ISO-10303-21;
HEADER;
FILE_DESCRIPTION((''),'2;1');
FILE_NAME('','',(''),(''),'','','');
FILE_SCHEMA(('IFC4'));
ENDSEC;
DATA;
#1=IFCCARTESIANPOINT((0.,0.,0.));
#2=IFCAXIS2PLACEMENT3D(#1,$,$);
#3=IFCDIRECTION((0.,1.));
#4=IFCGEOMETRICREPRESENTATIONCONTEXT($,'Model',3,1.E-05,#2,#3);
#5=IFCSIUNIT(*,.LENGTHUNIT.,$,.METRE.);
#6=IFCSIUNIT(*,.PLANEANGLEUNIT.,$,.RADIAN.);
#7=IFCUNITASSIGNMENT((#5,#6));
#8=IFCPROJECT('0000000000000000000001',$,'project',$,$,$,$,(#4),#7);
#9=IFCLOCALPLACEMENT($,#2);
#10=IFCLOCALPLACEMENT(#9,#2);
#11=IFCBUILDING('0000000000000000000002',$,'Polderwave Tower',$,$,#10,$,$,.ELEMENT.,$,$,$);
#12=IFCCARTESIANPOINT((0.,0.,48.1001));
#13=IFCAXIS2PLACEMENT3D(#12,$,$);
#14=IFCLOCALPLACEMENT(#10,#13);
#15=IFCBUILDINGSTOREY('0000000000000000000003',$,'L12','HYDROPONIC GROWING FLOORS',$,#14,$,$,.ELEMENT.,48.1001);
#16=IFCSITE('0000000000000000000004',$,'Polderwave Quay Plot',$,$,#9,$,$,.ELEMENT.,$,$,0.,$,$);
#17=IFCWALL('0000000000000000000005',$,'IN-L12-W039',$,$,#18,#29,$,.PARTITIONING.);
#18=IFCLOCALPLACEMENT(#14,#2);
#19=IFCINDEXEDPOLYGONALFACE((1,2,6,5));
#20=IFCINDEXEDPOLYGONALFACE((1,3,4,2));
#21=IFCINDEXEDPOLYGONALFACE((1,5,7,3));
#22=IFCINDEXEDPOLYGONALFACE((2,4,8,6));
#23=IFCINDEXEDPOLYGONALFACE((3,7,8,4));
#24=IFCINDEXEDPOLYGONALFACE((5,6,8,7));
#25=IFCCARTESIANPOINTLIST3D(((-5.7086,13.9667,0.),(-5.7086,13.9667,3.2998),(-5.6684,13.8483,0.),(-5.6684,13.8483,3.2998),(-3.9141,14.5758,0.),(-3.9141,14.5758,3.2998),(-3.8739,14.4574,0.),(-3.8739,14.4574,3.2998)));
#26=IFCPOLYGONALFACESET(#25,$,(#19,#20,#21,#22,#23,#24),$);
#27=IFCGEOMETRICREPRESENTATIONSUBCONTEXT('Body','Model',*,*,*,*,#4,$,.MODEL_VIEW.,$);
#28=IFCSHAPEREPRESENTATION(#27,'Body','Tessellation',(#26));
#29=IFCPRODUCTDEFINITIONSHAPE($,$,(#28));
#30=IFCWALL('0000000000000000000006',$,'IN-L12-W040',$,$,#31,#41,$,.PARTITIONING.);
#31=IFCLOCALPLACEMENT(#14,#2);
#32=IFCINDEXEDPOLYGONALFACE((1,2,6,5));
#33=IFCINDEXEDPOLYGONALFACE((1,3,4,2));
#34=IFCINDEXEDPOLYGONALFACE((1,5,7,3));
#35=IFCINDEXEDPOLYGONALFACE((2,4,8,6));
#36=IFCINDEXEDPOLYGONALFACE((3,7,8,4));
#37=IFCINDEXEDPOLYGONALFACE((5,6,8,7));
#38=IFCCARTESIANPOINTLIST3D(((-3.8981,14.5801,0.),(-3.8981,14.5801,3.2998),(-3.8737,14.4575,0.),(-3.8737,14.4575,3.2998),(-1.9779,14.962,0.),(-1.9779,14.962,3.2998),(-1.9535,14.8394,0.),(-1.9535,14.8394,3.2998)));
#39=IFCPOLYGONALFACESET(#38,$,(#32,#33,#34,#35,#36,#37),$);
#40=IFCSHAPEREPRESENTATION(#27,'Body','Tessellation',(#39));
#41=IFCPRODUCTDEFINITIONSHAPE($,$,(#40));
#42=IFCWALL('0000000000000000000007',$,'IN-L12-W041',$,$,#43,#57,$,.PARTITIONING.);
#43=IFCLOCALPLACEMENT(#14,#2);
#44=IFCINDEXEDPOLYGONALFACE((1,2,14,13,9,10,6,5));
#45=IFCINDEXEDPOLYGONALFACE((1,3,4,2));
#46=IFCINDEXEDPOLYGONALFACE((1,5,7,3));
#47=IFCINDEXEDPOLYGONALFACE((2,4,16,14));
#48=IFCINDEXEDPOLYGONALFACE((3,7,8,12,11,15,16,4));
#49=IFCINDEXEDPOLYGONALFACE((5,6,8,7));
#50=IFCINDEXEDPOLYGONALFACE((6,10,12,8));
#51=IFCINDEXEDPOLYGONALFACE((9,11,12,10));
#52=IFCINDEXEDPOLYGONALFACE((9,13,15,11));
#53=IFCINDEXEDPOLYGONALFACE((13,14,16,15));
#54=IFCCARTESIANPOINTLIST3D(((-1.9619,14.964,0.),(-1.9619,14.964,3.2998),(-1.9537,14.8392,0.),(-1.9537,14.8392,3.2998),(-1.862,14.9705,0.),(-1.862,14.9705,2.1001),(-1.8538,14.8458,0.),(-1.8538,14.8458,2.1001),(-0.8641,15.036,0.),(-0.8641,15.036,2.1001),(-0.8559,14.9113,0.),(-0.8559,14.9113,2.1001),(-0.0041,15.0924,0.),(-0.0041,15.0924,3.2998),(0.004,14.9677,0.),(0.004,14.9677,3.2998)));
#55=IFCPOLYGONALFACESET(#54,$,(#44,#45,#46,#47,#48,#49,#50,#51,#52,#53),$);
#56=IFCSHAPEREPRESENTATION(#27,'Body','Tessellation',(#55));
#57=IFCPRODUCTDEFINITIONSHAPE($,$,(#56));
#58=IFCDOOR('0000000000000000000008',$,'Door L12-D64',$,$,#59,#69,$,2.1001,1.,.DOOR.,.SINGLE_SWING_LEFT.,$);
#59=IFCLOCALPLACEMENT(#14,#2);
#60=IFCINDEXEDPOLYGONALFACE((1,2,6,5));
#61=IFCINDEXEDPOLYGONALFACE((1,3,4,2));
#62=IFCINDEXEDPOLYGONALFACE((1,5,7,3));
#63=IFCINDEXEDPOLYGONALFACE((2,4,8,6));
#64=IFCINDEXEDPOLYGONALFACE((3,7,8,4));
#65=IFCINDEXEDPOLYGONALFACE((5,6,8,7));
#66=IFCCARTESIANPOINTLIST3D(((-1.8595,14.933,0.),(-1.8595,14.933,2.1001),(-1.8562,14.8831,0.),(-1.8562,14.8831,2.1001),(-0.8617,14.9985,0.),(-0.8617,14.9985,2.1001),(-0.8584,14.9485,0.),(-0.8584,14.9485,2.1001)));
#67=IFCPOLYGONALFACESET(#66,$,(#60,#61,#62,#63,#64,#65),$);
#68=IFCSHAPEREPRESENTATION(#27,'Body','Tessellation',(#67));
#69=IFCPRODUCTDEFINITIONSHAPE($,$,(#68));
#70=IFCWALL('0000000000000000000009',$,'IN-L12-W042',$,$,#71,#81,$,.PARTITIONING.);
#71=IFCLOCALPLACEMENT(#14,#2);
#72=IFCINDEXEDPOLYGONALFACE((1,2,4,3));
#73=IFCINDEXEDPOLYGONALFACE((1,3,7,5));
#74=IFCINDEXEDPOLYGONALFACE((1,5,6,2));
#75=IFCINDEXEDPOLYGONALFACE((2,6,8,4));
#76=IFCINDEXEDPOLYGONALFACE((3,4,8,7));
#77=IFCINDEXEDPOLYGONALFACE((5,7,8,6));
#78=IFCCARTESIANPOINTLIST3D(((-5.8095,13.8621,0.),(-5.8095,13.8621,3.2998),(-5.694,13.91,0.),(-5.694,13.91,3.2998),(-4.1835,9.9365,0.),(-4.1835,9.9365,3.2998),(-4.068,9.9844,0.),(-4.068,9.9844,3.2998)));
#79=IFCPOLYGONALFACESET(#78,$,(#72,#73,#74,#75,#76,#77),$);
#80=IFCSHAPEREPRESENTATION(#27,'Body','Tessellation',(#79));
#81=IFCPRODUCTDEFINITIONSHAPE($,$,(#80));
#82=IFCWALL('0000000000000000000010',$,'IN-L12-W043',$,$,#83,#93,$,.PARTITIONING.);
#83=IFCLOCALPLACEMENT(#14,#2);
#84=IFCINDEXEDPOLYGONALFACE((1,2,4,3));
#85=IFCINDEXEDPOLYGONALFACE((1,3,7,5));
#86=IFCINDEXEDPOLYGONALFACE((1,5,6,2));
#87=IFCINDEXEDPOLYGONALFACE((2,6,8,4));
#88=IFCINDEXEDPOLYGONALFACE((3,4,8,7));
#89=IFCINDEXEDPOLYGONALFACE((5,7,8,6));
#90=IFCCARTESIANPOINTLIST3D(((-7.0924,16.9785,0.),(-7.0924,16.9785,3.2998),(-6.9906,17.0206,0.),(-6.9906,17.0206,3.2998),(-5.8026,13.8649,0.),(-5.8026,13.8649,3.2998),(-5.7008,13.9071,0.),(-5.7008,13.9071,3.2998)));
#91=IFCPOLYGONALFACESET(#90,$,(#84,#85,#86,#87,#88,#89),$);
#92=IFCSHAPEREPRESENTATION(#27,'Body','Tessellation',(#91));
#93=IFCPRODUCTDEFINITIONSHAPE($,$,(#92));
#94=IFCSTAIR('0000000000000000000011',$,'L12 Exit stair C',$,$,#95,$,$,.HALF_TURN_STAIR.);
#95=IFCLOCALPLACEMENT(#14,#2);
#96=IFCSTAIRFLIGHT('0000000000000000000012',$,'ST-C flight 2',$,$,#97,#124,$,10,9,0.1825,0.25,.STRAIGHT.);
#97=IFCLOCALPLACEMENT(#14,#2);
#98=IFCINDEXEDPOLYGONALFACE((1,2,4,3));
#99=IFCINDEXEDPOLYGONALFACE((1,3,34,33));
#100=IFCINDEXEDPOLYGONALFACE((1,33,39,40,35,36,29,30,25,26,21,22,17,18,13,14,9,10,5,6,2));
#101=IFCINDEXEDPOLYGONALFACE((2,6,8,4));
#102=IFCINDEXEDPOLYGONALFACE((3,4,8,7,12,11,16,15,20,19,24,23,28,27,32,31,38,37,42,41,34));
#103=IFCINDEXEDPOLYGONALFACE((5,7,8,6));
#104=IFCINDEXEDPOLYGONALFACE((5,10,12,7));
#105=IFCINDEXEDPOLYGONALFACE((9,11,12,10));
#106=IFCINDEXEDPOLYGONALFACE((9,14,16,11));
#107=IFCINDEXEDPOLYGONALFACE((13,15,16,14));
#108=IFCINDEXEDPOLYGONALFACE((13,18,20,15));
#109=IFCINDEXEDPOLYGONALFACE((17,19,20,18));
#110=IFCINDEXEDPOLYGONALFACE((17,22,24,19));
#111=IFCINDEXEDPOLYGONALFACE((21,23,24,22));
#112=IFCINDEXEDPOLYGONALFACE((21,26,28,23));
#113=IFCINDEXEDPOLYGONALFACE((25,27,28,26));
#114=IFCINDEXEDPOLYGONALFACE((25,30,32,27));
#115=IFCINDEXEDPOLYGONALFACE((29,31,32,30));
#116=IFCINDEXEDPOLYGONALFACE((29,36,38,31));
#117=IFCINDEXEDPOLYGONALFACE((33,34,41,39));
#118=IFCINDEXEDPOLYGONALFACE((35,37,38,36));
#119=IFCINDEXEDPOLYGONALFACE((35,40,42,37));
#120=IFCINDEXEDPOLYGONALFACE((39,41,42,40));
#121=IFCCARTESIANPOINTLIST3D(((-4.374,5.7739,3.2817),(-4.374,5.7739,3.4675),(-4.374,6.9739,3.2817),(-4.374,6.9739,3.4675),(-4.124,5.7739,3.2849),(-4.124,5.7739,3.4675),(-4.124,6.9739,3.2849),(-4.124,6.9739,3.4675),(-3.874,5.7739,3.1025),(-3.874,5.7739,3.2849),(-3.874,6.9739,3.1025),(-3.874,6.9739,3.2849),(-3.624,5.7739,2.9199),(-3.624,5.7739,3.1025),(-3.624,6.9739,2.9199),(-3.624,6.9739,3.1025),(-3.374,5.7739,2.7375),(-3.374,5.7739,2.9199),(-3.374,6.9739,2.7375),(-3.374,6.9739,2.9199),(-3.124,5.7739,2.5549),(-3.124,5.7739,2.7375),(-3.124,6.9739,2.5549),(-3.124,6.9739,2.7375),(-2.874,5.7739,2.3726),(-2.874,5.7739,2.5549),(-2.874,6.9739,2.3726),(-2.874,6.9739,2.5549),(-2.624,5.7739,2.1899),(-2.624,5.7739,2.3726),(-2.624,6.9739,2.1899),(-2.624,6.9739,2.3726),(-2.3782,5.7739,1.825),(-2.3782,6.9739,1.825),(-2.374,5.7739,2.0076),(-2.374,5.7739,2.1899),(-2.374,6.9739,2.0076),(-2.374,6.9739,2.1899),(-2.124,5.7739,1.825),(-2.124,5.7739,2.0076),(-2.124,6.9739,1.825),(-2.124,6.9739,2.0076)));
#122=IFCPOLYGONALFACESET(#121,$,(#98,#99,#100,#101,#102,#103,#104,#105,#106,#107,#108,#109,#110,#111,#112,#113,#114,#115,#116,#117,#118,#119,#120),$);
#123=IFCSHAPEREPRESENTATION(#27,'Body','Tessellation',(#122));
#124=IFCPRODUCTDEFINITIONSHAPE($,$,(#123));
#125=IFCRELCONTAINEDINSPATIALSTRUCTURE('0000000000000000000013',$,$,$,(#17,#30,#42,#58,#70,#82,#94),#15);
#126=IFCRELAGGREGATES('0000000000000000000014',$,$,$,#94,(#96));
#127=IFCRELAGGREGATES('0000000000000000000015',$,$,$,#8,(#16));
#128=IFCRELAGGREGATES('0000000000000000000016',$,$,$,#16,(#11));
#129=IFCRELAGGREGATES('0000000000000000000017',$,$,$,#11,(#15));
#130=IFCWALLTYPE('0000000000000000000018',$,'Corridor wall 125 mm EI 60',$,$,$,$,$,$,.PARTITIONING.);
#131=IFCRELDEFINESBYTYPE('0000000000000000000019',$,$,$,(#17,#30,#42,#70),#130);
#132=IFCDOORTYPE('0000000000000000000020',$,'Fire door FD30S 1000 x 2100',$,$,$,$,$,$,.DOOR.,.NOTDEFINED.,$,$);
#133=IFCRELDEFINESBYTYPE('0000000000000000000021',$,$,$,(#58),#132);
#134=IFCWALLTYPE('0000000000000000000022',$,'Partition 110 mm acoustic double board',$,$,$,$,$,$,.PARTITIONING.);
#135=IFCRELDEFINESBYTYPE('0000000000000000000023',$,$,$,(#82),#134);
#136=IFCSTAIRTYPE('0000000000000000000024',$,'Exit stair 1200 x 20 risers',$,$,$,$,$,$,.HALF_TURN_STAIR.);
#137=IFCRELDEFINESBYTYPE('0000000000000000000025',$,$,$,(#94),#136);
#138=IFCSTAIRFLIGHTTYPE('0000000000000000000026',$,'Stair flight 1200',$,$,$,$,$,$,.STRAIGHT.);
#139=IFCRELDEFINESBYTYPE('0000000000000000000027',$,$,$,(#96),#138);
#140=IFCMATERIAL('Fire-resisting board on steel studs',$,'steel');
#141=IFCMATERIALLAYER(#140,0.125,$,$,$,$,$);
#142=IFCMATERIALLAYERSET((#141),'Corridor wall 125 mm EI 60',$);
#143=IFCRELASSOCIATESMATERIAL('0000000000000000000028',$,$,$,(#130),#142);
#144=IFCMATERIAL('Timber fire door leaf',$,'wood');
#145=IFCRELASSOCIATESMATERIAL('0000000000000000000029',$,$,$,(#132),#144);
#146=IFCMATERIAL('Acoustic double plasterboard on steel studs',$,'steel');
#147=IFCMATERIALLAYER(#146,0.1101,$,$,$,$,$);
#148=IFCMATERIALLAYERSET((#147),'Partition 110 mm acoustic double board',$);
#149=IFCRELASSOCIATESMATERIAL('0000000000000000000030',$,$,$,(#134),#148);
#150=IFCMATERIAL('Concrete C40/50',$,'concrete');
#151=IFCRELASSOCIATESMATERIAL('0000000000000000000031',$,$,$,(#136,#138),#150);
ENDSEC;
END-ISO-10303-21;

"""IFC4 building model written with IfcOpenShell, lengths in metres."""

from ifc_helpers import new_model, si_unit, direction, frame, frame_2d, origin, place, context, subcontext, project, spatial, polyline, rectangle, outline, extrude, material, layer, layer_set, type_object, element, fill, aggregate, save


model = new_model("IFC4")

# Units and contexts
model_context = context("Model", 3, precision=1e-05, world=origin(), true_north=direction((0.0, 1.0)))
body_context = subcontext(model_context, "Body", "Model", "MODEL_VIEW")
ifc_project = project(units=[si_unit("LENGTHUNIT", "METRE"), si_unit("PLANEANGLEUNIT", "RADIAN")], contexts=[model_context])

# Site, building, storey
site_placement = place(None, origin())
site = spatial("IfcSite", under=ifc_project, at=site_placement, Name="Polderwave Quay Plot", CompositionType="ELEMENT", RefElevation=0.0)
building_placement = place(site_placement, origin())
building = spatial("IfcBuilding", under=site, at=building_placement, Name="Polderwave Tower", CompositionType="ELEMENT")
storey_placement = place(building_placement, frame((0.0, 0.0, 48.1001)))
storey = spatial("IfcBuildingStorey", under=building, at=storey_placement, Name="L12", Description="HYDROPONIC GROWING FLOORS", CompositionType="ELEMENT", Elevation=48.1001)

# Shared definitions
ifc_material_1 = material(Name="Fire-resisting board on steel studs", Category="steel")
ifc_layer_1 = layer(ifc_material_1, 0.125)
ifc_layer_set_1 = layer_set([ifc_layer_1], Name="Corridor wall 125 mm EI 60")
wall_type_1 = type_object("IfcWallType", Name="Corridor wall 125 mm EI 60", PredefinedType="PARTITIONING", material=ifc_layer_set_1)
ifc_material_2 = material(Name="Timber fire door leaf", Category="wood")
door_type = type_object("IfcDoorType", Name="Fire door FD30S 1000 x 2100", OperationType="NOTDEFINED", PredefinedType="DOOR", material=ifc_material_2)

# Walls
wall_1_placement = place(storey_placement, frame((-5.6885, 13.9075, 0.0), z_axis=(0.0, 0.0, 1.0), x_axis=(0.94693, 0.321441, 0.0)))
element("IfcWall", 1, at=wall_1_placement, inside=storey, type_object=wall_type_1, Name="IN-L12-W039", PredefinedType="PARTITIONING", context=body_context, shape_type="SweptSolid", body=[
    extrude(rectangle(XDim=1.895, YDim=0.125, at=frame_2d((0.9475, 0.0))), origin(), (0.0, 0.0, 1.0), 3.2998),
])
wall_2_placement = place(storey_placement, frame((-3.886, 14.5188, 0.0), z_axis=(0.0, 0.0, 1.0), x_axis=(0.980796, 0.195037, 0.0)))
element("IfcWall", 2, at=wall_2_placement, inside=storey, type_object=wall_type_1, Name="IN-L12-W040", PredefinedType="PARTITIONING", context=body_context, shape_type="SweptSolid", body=[
    extrude(rectangle(XDim=1.9578, YDim=0.125, at=frame_2d((0.979, 0.0))), origin(), (0.0, 0.0, 1.0), 3.2998),
])

# Wall, opening, door
wall_3_placement = place(storey_placement, frame((-1.9578, 14.9016, 0.0), z_axis=(0.0, 0.0, 1.0), x_axis=(0.997856, 0.065454, 0.0)))
wall_3 = element("IfcWall", 3, at=wall_3_placement, inside=storey, type_object=wall_type_1, Name="IN-L12-W041", PredefinedType="PARTITIONING", context=body_context, shape_type="SweptSolid", body=[
    extrude(rectangle(XDim=1.9619, YDim=0.125, at=frame_2d((0.981, 0.0))), origin(), (0.0, 0.0, 1.0), 3.2998),
])
opening_1_placement = place(wall_3_placement, frame((0.1001, 0.0, 0.0)))
opening_1 = element("IfcOpeningElement", 4, at=opening_1_placement, cuts=wall_3, PredefinedType="OPENING", context=body_context, shape_type="SweptSolid", body=[
    extrude(rectangle(XDim=1.0, YDim=2.1001, at=frame_2d((0.5, 1.05))), frame((0.0, 0.0725, 0.0), z_axis=(0.0, -1.0, 0.0), x_axis=(1.0, 0.0, 0.0)), (0.0, 0.0, 1.0), 0.145),
])
door_1_placement = place(opening_1_placement, origin())
door_1 = element("IfcDoor", 5, at=door_1_placement, inside=storey, type_object=door_type, Name="Door L12-D64", OperationType="SINGLE_SWING_LEFT", OverallHeight=2.1001, OverallWidth=1.0, PredefinedType="DOOR", context=body_context, shape_type="SweptSolid", body=[
    extrude(rectangle(XDim=1.0, YDim=2.1001, at=frame_2d((0.5, 1.05))), frame((0.0, 0.0249, 0.0), z_axis=(0.0, -1.0, 0.0), x_axis=(1.0, 0.0, 0.0)), (0.0, 0.0, 1.0), 0.05),
])
fill(opening_1, door_1)

# Walls
wall_4_placement = place(storey_placement, frame((-4.1257, 9.9604, 0.0), z_axis=(0.0, 0.0, 1.0), x_axis=(-0.382677, 0.923882, 0.0)))
element("IfcWall", 6, at=wall_4_placement, inside=storey, type_object=wall_type_1, Name="IN-L12-W042", PredefinedType="PARTITIONING", context=body_context, shape_type="SweptSolid", body=[
    extrude(rectangle(XDim=4.249, YDim=0.125, at=frame_2d((2.1245, 0.0))), origin(), (0.0, 0.0, 1.0), 3.2998),
])
ifc_material_3 = material(Name="Acoustic double plasterboard on steel studs", Category="steel")
ifc_layer_2 = layer(ifc_material_3, 0.1101)
ifc_layer_set_2 = layer_set([ifc_layer_2], Name="Partition 110 mm acoustic double board")
wall_type_2 = type_object("IfcWallType", Name="Partition 110 mm acoustic double board", PredefinedType="PARTITIONING", material=ifc_layer_set_2)
wall_5_placement = place(storey_placement, frame((-5.7517, 13.886, 0.0), z_axis=(0.0, 0.0, 1.0), x_axis=(-0.382716, 0.923866, 0.0)))
element("IfcWall", 7, at=wall_5_placement, inside=storey, type_object=wall_type_2, Name="IN-L12-W043", PredefinedType="PARTITIONING", context=body_context, shape_type="SweptSolid", body=[
    extrude(rectangle(XDim=3.3701, YDim=0.1101, at=frame_2d((1.6851, 0.0))), origin(), (0.0, 0.0, 1.0), 3.2998),
])

# Stair, stair flight
ifc_material_4 = material(Name="Concrete C40/50", Category="concrete")
stair_type = type_object("IfcStairType", Name="Exit stair 1200 x 20 risers", PredefinedType="HALF_TURN_STAIR", material=ifc_material_4)
stair_placement = place(storey_placement, origin())
stair = element("IfcStair", 8, at=stair_placement, inside=storey, type_object=stair_type, Name="L12 Exit stair C", PredefinedType="HALF_TURN_STAIR")
stair_flight_type = type_object("IfcStairFlightType", Name="Stair flight 1200", PredefinedType="STRAIGHT", material=ifc_material_4)
stair_flight_placement = place(storey_placement, frame((-2.124, 6.374, 1.825), z_axis=(0.0, 0.0, 1.0), x_axis=(-1.0, 0.0, 0.0)))
stair_flight = element("IfcStairFlight", 9, at=stair_flight_placement, type_object=stair_flight_type, Name="ST-C flight 2", NumberOfRisers=10, NumberOfTreads=9, PredefinedType="STRAIGHT", RiserHeight=0.1825, TreadLength=0.25, context=body_context, shape_type="SweptSolid", body=[
    extrude(outline(polyline([(0.0, 0.0), (0.0, 0.1826), (0.25, 0.1826), (0.25, 0.365), (0.5, 0.365), (0.5, 0.5476), (0.75, 0.5476), (0.75, 0.73), (1.0, 0.73), (1.0, 0.9126), (1.25, 0.9126), (1.25, 1.095), (1.5, 1.095), (1.5, 1.2776), (1.75, 1.2776), (1.75, 1.46), (2.0, 1.46), (2.0, 1.6426), (2.25, 1.6426), (2.25, 1.825), (2.25, 1.4568), (0.2542, 0.0), (0.0, 0.0)])), frame((0.0, 0.6001, 0.0), z_axis=(0.0, -1.0, 0.0), x_axis=(1.0, 0.0, 0.0)), (0.0, 0.0, 1.0), 1.2),
])
aggregate(stair, [stair_flight])

save(model, "model.ifc")
